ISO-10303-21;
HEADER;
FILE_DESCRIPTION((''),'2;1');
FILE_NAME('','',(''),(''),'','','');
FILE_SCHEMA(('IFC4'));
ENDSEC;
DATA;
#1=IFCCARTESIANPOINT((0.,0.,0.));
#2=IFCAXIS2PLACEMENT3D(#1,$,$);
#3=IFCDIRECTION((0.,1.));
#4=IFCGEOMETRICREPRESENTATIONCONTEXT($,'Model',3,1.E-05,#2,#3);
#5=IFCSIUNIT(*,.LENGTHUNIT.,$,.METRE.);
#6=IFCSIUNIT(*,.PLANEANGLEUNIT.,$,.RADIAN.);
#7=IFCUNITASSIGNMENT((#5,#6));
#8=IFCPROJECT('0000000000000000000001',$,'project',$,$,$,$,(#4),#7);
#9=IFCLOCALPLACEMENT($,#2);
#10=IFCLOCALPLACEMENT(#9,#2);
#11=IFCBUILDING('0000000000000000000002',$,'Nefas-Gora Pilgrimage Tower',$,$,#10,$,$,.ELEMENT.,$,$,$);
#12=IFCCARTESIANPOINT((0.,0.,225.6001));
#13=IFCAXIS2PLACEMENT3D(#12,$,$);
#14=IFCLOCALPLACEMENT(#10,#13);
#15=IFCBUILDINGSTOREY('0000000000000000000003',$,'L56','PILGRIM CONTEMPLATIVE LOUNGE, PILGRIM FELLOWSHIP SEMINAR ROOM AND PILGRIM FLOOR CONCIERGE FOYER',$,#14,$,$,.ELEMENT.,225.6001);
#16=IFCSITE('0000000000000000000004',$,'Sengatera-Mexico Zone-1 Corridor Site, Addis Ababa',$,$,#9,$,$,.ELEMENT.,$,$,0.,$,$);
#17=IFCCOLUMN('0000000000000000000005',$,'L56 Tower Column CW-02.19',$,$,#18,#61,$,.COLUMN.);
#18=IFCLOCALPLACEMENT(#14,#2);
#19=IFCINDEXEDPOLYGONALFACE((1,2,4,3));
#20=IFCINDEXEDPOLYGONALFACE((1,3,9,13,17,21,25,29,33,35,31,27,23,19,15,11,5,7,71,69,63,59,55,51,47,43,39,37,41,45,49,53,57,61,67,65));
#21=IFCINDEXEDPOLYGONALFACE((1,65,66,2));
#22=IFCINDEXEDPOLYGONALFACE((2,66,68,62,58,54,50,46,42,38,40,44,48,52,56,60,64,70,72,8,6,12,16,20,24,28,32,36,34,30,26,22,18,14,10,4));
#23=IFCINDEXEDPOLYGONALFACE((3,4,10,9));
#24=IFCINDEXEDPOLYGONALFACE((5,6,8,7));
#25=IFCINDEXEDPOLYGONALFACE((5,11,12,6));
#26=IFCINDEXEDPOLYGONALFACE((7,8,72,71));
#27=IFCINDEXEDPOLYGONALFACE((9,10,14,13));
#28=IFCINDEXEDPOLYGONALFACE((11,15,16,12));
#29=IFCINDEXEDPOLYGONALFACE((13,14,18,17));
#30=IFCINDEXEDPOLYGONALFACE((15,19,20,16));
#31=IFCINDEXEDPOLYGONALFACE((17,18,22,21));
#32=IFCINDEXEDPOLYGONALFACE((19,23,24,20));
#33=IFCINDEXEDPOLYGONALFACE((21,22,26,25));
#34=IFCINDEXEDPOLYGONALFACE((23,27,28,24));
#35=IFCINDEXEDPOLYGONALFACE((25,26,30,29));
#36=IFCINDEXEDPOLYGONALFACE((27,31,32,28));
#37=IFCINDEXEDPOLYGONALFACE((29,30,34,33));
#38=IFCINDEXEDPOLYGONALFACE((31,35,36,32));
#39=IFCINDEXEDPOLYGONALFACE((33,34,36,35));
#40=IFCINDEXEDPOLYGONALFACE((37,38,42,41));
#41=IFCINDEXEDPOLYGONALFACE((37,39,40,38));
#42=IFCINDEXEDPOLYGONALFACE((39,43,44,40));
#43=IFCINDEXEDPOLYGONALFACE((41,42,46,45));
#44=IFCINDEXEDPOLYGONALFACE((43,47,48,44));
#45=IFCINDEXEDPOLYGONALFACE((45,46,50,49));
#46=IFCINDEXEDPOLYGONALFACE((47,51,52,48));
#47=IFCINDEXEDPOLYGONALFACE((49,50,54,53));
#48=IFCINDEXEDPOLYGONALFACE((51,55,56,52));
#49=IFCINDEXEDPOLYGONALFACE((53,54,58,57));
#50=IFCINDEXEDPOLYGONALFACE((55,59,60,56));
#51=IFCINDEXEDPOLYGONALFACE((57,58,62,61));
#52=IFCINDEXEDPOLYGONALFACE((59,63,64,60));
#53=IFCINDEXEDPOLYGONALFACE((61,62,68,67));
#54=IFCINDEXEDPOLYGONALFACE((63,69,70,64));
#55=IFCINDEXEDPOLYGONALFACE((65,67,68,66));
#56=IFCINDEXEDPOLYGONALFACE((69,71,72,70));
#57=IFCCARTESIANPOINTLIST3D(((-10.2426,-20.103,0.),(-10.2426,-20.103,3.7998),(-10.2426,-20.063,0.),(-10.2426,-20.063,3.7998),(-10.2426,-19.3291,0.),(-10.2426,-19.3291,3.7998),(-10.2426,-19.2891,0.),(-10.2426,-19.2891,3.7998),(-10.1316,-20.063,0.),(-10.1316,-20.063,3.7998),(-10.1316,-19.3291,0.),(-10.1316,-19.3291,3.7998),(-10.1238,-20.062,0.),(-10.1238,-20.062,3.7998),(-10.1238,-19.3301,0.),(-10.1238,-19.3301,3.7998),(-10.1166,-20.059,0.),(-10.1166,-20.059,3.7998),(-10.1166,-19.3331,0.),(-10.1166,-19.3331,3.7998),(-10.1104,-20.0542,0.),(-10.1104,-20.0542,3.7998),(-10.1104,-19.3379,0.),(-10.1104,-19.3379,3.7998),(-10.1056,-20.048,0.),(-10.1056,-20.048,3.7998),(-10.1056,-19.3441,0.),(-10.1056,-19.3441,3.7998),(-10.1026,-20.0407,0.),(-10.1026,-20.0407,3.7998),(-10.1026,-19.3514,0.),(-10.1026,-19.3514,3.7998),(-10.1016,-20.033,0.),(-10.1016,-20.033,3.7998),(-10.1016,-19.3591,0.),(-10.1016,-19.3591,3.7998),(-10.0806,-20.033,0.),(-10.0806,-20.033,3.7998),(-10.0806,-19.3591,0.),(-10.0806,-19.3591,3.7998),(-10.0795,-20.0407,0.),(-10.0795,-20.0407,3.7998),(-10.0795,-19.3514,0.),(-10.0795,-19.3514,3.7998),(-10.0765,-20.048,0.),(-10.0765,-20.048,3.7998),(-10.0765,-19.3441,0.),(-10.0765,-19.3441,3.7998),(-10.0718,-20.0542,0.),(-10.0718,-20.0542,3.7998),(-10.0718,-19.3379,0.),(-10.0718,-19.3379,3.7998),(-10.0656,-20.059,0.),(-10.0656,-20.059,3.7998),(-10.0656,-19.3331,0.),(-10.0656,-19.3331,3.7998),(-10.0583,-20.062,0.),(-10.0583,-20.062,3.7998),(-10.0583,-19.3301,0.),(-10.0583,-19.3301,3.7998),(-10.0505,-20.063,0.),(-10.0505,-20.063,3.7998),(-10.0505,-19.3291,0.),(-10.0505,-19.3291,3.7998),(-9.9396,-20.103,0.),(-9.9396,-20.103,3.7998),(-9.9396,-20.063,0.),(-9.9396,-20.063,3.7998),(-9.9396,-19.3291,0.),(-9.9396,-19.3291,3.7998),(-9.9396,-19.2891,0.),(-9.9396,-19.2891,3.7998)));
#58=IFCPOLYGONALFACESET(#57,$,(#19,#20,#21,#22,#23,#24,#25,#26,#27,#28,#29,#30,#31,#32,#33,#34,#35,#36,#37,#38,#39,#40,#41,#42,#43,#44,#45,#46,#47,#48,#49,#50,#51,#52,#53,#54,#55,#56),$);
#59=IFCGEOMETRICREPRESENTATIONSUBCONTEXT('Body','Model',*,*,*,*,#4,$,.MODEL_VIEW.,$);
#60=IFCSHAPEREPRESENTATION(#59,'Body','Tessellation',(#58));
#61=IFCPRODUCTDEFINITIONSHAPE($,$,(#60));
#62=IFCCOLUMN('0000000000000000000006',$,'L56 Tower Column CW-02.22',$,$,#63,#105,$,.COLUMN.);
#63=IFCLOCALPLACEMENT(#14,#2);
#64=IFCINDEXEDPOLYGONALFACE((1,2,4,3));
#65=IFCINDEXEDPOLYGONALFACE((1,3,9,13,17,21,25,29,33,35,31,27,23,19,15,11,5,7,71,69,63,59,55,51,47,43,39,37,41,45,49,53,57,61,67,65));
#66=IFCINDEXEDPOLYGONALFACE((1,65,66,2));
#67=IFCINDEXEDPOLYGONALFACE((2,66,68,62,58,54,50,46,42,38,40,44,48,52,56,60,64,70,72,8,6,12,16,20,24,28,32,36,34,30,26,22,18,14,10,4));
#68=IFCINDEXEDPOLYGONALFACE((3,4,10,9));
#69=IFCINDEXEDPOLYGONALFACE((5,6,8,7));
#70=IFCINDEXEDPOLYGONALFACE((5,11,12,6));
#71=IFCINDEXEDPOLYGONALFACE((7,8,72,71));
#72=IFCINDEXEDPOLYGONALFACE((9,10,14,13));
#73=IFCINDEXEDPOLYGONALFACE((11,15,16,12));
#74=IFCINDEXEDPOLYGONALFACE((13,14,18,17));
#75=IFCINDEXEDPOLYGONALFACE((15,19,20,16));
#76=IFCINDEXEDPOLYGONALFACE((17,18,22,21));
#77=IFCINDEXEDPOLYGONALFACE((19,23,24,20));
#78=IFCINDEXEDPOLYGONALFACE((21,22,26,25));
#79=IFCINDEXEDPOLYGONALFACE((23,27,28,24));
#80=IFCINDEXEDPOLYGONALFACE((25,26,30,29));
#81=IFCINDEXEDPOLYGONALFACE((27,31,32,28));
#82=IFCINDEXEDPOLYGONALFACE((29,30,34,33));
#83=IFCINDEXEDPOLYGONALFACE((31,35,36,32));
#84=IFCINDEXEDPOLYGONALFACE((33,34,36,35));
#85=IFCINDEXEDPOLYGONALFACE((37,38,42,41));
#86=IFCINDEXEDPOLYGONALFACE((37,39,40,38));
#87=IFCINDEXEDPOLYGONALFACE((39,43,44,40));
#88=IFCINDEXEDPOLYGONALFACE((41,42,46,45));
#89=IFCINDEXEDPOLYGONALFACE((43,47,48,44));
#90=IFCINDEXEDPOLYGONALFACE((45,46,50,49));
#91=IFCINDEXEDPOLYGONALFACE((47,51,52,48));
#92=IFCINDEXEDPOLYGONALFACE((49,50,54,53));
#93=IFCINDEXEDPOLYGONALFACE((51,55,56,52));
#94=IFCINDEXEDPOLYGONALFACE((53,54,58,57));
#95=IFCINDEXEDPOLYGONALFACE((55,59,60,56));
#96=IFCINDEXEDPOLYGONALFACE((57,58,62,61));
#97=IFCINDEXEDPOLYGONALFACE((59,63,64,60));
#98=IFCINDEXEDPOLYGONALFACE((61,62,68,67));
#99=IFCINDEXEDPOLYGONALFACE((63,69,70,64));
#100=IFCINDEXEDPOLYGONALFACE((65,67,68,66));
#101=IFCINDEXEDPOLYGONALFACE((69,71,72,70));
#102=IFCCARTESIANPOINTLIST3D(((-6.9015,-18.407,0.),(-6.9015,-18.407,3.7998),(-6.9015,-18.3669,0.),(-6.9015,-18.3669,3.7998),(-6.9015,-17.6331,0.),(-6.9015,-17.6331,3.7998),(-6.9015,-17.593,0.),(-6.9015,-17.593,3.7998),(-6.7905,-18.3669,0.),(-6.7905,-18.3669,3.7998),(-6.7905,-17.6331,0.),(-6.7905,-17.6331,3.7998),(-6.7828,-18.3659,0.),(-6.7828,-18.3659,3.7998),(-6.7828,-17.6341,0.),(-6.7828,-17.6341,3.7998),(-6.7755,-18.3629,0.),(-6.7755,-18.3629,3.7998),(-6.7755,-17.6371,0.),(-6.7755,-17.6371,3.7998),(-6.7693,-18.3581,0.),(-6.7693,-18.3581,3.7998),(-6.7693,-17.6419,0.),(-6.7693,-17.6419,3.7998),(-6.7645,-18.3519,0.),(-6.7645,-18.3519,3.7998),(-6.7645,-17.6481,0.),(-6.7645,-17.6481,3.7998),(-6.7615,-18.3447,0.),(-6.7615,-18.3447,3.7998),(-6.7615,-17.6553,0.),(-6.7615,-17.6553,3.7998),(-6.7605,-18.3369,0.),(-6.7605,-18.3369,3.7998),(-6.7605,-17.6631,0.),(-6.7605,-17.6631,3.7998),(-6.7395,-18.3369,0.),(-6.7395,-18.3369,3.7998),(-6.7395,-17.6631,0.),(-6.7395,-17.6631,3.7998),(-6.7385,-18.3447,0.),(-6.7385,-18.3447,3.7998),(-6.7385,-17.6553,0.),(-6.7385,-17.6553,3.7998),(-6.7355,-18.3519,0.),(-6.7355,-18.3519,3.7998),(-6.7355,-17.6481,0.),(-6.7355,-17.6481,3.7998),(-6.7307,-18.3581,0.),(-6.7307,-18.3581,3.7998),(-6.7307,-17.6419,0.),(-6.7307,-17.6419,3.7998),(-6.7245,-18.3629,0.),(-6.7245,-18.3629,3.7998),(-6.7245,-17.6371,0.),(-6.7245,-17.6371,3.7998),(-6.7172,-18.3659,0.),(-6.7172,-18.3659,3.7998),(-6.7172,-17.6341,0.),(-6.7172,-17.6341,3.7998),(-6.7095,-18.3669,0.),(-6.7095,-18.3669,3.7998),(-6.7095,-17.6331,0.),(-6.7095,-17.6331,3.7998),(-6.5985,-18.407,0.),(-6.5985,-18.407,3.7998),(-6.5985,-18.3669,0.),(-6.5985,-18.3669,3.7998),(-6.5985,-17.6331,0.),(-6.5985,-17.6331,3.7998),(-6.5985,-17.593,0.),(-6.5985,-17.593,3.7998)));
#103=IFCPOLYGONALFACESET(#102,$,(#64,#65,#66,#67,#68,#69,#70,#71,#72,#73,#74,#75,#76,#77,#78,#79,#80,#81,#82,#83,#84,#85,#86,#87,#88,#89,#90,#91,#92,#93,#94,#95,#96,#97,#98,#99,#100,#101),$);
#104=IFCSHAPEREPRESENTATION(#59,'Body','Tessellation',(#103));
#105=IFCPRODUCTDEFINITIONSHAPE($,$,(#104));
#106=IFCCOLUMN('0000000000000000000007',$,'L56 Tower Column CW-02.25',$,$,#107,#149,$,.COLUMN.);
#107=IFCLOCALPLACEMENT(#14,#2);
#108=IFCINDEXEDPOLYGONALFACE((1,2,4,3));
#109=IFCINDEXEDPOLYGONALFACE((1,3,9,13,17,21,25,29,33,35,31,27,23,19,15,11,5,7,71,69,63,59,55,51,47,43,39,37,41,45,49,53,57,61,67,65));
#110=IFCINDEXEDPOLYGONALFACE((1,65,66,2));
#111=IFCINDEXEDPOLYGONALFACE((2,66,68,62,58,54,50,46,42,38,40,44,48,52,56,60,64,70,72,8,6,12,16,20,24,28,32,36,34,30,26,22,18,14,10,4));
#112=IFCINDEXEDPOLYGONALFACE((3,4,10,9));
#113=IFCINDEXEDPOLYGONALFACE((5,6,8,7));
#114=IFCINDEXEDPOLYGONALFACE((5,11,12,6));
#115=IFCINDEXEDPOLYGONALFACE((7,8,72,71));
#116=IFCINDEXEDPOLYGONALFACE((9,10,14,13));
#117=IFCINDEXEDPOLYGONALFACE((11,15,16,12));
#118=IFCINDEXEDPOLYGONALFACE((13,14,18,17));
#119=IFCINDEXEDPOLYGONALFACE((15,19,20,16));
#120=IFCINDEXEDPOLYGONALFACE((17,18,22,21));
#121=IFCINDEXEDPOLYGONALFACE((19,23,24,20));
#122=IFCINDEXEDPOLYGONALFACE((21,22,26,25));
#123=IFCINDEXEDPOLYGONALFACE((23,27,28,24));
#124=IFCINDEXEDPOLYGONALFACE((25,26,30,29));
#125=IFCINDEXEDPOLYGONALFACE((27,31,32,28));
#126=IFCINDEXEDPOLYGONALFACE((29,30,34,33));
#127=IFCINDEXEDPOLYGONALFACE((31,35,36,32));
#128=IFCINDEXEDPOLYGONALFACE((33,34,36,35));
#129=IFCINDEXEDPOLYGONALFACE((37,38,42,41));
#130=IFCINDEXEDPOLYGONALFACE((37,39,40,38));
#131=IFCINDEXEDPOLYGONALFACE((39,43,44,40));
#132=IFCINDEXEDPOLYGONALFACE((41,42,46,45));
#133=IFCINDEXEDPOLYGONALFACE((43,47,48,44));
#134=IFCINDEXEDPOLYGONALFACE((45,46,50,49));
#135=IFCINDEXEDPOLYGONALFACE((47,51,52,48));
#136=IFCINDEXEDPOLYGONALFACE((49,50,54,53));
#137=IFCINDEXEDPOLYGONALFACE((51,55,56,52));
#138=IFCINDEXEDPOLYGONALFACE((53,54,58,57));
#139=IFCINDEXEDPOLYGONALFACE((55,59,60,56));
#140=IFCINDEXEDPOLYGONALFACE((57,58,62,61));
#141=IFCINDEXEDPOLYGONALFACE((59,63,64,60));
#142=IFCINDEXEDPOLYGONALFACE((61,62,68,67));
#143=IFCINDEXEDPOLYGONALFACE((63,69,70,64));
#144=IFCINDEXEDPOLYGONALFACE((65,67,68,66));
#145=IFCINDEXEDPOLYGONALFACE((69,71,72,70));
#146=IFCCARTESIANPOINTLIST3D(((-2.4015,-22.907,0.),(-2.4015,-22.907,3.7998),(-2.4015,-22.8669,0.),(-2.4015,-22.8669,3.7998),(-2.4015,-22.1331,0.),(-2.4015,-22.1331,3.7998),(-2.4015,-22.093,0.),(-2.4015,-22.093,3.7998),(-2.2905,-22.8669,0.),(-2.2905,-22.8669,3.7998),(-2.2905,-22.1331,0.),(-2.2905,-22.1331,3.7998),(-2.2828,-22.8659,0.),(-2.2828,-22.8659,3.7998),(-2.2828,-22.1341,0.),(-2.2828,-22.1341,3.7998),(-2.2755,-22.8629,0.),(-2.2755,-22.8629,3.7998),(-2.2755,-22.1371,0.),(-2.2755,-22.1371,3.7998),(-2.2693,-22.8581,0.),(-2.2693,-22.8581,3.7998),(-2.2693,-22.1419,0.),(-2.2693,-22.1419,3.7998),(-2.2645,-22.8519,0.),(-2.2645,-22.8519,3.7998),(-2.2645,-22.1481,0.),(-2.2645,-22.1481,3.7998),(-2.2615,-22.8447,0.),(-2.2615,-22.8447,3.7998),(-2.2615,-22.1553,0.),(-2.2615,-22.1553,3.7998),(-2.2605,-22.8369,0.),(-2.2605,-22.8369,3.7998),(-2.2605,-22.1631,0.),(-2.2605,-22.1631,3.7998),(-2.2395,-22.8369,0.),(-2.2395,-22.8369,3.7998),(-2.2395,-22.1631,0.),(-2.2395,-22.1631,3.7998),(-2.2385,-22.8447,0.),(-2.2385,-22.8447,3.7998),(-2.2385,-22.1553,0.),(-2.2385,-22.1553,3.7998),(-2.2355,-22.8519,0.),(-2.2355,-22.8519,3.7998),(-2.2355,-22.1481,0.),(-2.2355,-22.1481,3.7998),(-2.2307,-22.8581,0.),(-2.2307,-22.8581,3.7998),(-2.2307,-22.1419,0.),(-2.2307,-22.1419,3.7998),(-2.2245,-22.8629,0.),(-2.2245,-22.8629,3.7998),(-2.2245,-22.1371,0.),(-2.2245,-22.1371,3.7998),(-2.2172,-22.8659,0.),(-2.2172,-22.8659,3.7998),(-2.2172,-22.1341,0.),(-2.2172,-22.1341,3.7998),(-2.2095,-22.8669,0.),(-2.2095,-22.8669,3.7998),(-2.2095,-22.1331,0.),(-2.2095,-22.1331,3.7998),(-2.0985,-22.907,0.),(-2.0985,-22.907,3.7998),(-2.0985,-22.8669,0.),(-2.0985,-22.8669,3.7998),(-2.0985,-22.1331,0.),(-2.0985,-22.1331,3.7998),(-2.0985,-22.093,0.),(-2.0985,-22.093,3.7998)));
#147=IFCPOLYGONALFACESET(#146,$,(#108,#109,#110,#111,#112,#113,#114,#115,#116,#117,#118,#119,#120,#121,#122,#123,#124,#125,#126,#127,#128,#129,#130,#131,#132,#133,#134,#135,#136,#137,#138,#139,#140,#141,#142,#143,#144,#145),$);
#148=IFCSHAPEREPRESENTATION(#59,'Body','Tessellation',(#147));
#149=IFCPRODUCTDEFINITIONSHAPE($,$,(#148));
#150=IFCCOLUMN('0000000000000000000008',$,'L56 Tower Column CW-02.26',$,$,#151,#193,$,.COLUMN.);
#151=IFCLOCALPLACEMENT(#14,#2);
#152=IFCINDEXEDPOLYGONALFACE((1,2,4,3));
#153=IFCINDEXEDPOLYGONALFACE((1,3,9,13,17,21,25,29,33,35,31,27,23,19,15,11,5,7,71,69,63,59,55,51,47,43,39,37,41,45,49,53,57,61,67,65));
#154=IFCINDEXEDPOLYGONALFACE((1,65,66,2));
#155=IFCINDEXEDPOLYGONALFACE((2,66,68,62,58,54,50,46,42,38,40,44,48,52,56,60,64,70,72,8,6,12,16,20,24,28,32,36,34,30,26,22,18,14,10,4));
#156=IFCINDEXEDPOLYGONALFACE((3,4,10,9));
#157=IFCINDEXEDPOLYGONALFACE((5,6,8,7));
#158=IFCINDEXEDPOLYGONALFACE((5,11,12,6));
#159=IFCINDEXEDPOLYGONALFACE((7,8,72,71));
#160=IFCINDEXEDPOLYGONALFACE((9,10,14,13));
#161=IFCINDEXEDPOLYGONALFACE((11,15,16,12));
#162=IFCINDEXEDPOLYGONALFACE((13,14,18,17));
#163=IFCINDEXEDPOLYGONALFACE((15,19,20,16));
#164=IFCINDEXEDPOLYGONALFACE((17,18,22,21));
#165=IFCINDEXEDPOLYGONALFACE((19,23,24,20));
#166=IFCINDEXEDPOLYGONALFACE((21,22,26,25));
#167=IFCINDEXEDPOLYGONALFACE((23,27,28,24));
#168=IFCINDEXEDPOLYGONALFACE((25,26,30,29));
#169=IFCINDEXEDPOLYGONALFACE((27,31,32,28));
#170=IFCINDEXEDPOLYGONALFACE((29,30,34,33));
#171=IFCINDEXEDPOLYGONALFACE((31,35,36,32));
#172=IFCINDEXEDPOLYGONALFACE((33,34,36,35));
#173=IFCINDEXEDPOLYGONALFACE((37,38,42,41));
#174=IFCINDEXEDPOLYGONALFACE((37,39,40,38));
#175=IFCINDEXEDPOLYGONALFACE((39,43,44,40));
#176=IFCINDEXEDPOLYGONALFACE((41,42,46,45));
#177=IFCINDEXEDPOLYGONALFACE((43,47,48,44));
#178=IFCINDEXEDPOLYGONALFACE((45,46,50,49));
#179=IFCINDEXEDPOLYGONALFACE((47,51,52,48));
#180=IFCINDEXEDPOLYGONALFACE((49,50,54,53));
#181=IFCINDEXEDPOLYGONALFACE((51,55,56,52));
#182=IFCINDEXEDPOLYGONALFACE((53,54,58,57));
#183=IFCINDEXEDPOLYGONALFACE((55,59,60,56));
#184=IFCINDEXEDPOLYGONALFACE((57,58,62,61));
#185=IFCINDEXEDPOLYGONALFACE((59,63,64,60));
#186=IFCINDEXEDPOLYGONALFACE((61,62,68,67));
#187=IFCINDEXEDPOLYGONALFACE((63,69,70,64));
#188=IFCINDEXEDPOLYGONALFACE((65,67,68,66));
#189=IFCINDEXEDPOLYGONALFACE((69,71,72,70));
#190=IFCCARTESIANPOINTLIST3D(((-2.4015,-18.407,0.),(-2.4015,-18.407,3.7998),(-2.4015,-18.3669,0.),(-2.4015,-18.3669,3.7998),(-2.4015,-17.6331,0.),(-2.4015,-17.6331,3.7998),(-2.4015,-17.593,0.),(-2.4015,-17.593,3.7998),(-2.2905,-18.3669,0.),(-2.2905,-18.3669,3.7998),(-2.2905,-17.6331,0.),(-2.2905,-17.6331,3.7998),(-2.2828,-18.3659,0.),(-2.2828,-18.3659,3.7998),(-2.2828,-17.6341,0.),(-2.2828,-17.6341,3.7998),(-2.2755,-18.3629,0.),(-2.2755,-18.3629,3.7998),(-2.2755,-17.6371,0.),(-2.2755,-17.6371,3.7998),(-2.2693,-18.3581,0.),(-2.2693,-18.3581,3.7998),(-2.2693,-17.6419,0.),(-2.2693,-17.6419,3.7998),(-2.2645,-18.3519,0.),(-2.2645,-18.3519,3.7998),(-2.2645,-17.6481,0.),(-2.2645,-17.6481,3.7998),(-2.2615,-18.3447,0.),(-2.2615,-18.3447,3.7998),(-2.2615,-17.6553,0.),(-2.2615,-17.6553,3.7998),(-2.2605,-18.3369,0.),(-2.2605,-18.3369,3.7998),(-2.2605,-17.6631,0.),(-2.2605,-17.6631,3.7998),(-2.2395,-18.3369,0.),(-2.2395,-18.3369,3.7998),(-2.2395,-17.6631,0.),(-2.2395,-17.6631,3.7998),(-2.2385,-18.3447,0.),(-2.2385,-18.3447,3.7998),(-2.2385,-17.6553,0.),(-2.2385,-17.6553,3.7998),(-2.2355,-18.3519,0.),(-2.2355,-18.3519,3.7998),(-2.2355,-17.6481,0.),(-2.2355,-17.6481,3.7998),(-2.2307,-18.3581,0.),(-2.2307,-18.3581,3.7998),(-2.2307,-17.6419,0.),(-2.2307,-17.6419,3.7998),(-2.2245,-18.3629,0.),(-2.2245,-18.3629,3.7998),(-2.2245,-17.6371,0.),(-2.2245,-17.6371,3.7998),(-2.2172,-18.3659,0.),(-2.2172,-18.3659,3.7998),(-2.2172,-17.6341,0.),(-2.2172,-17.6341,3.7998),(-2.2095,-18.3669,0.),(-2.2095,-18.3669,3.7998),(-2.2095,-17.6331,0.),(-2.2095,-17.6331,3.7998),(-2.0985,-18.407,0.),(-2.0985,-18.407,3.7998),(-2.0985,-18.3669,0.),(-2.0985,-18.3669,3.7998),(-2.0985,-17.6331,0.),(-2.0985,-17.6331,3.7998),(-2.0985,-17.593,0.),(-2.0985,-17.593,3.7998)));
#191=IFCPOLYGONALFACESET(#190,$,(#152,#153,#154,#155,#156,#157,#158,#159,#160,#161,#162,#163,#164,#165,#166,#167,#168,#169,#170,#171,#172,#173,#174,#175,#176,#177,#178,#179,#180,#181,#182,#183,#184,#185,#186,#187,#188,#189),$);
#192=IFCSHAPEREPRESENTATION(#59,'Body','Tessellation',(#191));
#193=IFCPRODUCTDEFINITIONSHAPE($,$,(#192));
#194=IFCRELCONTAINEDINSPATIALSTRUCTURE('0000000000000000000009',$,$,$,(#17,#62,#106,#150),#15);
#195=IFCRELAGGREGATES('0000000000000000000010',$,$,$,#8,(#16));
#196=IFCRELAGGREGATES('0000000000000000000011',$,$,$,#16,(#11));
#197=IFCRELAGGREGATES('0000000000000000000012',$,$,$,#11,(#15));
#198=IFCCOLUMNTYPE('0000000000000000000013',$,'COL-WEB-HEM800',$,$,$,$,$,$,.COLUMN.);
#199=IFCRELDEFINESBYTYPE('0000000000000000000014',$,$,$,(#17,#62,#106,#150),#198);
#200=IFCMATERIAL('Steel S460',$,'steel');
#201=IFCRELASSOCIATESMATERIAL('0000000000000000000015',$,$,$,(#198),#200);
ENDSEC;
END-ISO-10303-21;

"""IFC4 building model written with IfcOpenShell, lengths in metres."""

from ifc_helpers import new_model, si_unit, direction, frame, origin, origin_2d, place, context, subcontext, project, spatial, i_section, extrude, source, transform, mapped, material, material_profile, profile_set, type_object, element, save


model = new_model("IFC4")

# Units and contexts
model_context = context("Model", 3, precision=1e-05, world=origin(), true_north=direction((0.0, 1.0)))
body_context = subcontext(model_context, "Body", "Model", "MODEL_VIEW")
ifc_project = project(units=[si_unit("LENGTHUNIT", "METRE"), si_unit("PLANEANGLEUNIT", "RADIAN")], contexts=[model_context])

# Site, building, storey
site_placement = place(None, origin())
site = spatial("IfcSite", under=ifc_project, at=site_placement, Name="Sengatera-Mexico Zone-1 Corridor Site, Addis Ababa", CompositionType="ELEMENT", RefElevation=0.0)
building_placement = place(site_placement, origin())
building = spatial("IfcBuilding", under=site, at=building_placement, Name="Nefas-Gora Pilgrimage Tower", CompositionType="ELEMENT")
storey_placement = place(building_placement, frame((0.0, 0.0, 225.6001)))
storey = spatial("IfcBuildingStorey", under=building, at=storey_placement, Name="L56", Description="PILGRIM CONTEMPLATIVE LOUNGE, PILGRIM FELLOWSHIP SEMINAR ROOM AND PILGRIM FLOOR CONCIERGE FOYER", CompositionType="ELEMENT", Elevation=225.6001)

# Columns
ifc_material_1 = material(Name="Steel S460", Category="steel")
ifc_material_profile_1 = material_profile(ifc_material_1, i_section(OverallWidth=0.303, OverallDepth=0.814, WebThickness=0.021, FlangeThickness=0.04, FilletRadius=0.03, at=origin_2d()), Name="HEM 800")
ifc_profile_set_1 = profile_set([ifc_material_profile_1], Name="Steel S460")
column_type_1 = type_object("IfcColumnType", Name="COL-WEB-HEM800", PredefinedType="COLUMN", material=ifc_profile_set_1)
shared_shape_1 = source(origin(), body_context, "Body", "SweptSolid", [
    extrude(i_section(OverallWidth=0.303, OverallDepth=0.814, WebThickness=0.021, FlangeThickness=0.04, FilletRadius=0.03, at=origin_2d()), origin(), (0.0, 0.0, 1.0), 3.7998),
])
for number, where, z_axis, x_axis, name in (
    (1, (-10.0911, -19.696, 0.0), (0.0, 0.0, 1.0), (1.0, 0.0, 0.0), "L56 Tower Column CW-02.19"),
    (2, (-6.75, -18.0, 0.0), (0.0, 0.0, 1.0), (1.0, 0.0, 0.0), "L56 Tower Column CW-02.22"),
    (3, (-2.25, -22.5, 0.0), (0.0, 0.0, 1.0), (1.0, 0.0, 0.0), "L56 Tower Column CW-02.25"),
    (4, (-2.25, -18.0, 0.0), (0.0, 0.0, 1.0), (1.0, 0.0, 0.0), "L56 Tower Column CW-02.26"),
):
    element("IfcColumn", number, at=place(storey_placement, frame(where, z_axis=z_axis, x_axis=x_axis)), inside=storey, type_object=column_type_1, Name=name, PredefinedType="COLUMN", context=body_context, shape_type="MappedRepresentation", body=[
        mapped(shared_shape_1, transform((0.0, 0.0, 0.0), x_axis=(1.0, 0.0, 0.0), y_axis=(0.0, 1.0, 0.0), z_axis=(0.0, 0.0, 1.0), scale=1.0)),
    ])

save(model, "model.ifc")
